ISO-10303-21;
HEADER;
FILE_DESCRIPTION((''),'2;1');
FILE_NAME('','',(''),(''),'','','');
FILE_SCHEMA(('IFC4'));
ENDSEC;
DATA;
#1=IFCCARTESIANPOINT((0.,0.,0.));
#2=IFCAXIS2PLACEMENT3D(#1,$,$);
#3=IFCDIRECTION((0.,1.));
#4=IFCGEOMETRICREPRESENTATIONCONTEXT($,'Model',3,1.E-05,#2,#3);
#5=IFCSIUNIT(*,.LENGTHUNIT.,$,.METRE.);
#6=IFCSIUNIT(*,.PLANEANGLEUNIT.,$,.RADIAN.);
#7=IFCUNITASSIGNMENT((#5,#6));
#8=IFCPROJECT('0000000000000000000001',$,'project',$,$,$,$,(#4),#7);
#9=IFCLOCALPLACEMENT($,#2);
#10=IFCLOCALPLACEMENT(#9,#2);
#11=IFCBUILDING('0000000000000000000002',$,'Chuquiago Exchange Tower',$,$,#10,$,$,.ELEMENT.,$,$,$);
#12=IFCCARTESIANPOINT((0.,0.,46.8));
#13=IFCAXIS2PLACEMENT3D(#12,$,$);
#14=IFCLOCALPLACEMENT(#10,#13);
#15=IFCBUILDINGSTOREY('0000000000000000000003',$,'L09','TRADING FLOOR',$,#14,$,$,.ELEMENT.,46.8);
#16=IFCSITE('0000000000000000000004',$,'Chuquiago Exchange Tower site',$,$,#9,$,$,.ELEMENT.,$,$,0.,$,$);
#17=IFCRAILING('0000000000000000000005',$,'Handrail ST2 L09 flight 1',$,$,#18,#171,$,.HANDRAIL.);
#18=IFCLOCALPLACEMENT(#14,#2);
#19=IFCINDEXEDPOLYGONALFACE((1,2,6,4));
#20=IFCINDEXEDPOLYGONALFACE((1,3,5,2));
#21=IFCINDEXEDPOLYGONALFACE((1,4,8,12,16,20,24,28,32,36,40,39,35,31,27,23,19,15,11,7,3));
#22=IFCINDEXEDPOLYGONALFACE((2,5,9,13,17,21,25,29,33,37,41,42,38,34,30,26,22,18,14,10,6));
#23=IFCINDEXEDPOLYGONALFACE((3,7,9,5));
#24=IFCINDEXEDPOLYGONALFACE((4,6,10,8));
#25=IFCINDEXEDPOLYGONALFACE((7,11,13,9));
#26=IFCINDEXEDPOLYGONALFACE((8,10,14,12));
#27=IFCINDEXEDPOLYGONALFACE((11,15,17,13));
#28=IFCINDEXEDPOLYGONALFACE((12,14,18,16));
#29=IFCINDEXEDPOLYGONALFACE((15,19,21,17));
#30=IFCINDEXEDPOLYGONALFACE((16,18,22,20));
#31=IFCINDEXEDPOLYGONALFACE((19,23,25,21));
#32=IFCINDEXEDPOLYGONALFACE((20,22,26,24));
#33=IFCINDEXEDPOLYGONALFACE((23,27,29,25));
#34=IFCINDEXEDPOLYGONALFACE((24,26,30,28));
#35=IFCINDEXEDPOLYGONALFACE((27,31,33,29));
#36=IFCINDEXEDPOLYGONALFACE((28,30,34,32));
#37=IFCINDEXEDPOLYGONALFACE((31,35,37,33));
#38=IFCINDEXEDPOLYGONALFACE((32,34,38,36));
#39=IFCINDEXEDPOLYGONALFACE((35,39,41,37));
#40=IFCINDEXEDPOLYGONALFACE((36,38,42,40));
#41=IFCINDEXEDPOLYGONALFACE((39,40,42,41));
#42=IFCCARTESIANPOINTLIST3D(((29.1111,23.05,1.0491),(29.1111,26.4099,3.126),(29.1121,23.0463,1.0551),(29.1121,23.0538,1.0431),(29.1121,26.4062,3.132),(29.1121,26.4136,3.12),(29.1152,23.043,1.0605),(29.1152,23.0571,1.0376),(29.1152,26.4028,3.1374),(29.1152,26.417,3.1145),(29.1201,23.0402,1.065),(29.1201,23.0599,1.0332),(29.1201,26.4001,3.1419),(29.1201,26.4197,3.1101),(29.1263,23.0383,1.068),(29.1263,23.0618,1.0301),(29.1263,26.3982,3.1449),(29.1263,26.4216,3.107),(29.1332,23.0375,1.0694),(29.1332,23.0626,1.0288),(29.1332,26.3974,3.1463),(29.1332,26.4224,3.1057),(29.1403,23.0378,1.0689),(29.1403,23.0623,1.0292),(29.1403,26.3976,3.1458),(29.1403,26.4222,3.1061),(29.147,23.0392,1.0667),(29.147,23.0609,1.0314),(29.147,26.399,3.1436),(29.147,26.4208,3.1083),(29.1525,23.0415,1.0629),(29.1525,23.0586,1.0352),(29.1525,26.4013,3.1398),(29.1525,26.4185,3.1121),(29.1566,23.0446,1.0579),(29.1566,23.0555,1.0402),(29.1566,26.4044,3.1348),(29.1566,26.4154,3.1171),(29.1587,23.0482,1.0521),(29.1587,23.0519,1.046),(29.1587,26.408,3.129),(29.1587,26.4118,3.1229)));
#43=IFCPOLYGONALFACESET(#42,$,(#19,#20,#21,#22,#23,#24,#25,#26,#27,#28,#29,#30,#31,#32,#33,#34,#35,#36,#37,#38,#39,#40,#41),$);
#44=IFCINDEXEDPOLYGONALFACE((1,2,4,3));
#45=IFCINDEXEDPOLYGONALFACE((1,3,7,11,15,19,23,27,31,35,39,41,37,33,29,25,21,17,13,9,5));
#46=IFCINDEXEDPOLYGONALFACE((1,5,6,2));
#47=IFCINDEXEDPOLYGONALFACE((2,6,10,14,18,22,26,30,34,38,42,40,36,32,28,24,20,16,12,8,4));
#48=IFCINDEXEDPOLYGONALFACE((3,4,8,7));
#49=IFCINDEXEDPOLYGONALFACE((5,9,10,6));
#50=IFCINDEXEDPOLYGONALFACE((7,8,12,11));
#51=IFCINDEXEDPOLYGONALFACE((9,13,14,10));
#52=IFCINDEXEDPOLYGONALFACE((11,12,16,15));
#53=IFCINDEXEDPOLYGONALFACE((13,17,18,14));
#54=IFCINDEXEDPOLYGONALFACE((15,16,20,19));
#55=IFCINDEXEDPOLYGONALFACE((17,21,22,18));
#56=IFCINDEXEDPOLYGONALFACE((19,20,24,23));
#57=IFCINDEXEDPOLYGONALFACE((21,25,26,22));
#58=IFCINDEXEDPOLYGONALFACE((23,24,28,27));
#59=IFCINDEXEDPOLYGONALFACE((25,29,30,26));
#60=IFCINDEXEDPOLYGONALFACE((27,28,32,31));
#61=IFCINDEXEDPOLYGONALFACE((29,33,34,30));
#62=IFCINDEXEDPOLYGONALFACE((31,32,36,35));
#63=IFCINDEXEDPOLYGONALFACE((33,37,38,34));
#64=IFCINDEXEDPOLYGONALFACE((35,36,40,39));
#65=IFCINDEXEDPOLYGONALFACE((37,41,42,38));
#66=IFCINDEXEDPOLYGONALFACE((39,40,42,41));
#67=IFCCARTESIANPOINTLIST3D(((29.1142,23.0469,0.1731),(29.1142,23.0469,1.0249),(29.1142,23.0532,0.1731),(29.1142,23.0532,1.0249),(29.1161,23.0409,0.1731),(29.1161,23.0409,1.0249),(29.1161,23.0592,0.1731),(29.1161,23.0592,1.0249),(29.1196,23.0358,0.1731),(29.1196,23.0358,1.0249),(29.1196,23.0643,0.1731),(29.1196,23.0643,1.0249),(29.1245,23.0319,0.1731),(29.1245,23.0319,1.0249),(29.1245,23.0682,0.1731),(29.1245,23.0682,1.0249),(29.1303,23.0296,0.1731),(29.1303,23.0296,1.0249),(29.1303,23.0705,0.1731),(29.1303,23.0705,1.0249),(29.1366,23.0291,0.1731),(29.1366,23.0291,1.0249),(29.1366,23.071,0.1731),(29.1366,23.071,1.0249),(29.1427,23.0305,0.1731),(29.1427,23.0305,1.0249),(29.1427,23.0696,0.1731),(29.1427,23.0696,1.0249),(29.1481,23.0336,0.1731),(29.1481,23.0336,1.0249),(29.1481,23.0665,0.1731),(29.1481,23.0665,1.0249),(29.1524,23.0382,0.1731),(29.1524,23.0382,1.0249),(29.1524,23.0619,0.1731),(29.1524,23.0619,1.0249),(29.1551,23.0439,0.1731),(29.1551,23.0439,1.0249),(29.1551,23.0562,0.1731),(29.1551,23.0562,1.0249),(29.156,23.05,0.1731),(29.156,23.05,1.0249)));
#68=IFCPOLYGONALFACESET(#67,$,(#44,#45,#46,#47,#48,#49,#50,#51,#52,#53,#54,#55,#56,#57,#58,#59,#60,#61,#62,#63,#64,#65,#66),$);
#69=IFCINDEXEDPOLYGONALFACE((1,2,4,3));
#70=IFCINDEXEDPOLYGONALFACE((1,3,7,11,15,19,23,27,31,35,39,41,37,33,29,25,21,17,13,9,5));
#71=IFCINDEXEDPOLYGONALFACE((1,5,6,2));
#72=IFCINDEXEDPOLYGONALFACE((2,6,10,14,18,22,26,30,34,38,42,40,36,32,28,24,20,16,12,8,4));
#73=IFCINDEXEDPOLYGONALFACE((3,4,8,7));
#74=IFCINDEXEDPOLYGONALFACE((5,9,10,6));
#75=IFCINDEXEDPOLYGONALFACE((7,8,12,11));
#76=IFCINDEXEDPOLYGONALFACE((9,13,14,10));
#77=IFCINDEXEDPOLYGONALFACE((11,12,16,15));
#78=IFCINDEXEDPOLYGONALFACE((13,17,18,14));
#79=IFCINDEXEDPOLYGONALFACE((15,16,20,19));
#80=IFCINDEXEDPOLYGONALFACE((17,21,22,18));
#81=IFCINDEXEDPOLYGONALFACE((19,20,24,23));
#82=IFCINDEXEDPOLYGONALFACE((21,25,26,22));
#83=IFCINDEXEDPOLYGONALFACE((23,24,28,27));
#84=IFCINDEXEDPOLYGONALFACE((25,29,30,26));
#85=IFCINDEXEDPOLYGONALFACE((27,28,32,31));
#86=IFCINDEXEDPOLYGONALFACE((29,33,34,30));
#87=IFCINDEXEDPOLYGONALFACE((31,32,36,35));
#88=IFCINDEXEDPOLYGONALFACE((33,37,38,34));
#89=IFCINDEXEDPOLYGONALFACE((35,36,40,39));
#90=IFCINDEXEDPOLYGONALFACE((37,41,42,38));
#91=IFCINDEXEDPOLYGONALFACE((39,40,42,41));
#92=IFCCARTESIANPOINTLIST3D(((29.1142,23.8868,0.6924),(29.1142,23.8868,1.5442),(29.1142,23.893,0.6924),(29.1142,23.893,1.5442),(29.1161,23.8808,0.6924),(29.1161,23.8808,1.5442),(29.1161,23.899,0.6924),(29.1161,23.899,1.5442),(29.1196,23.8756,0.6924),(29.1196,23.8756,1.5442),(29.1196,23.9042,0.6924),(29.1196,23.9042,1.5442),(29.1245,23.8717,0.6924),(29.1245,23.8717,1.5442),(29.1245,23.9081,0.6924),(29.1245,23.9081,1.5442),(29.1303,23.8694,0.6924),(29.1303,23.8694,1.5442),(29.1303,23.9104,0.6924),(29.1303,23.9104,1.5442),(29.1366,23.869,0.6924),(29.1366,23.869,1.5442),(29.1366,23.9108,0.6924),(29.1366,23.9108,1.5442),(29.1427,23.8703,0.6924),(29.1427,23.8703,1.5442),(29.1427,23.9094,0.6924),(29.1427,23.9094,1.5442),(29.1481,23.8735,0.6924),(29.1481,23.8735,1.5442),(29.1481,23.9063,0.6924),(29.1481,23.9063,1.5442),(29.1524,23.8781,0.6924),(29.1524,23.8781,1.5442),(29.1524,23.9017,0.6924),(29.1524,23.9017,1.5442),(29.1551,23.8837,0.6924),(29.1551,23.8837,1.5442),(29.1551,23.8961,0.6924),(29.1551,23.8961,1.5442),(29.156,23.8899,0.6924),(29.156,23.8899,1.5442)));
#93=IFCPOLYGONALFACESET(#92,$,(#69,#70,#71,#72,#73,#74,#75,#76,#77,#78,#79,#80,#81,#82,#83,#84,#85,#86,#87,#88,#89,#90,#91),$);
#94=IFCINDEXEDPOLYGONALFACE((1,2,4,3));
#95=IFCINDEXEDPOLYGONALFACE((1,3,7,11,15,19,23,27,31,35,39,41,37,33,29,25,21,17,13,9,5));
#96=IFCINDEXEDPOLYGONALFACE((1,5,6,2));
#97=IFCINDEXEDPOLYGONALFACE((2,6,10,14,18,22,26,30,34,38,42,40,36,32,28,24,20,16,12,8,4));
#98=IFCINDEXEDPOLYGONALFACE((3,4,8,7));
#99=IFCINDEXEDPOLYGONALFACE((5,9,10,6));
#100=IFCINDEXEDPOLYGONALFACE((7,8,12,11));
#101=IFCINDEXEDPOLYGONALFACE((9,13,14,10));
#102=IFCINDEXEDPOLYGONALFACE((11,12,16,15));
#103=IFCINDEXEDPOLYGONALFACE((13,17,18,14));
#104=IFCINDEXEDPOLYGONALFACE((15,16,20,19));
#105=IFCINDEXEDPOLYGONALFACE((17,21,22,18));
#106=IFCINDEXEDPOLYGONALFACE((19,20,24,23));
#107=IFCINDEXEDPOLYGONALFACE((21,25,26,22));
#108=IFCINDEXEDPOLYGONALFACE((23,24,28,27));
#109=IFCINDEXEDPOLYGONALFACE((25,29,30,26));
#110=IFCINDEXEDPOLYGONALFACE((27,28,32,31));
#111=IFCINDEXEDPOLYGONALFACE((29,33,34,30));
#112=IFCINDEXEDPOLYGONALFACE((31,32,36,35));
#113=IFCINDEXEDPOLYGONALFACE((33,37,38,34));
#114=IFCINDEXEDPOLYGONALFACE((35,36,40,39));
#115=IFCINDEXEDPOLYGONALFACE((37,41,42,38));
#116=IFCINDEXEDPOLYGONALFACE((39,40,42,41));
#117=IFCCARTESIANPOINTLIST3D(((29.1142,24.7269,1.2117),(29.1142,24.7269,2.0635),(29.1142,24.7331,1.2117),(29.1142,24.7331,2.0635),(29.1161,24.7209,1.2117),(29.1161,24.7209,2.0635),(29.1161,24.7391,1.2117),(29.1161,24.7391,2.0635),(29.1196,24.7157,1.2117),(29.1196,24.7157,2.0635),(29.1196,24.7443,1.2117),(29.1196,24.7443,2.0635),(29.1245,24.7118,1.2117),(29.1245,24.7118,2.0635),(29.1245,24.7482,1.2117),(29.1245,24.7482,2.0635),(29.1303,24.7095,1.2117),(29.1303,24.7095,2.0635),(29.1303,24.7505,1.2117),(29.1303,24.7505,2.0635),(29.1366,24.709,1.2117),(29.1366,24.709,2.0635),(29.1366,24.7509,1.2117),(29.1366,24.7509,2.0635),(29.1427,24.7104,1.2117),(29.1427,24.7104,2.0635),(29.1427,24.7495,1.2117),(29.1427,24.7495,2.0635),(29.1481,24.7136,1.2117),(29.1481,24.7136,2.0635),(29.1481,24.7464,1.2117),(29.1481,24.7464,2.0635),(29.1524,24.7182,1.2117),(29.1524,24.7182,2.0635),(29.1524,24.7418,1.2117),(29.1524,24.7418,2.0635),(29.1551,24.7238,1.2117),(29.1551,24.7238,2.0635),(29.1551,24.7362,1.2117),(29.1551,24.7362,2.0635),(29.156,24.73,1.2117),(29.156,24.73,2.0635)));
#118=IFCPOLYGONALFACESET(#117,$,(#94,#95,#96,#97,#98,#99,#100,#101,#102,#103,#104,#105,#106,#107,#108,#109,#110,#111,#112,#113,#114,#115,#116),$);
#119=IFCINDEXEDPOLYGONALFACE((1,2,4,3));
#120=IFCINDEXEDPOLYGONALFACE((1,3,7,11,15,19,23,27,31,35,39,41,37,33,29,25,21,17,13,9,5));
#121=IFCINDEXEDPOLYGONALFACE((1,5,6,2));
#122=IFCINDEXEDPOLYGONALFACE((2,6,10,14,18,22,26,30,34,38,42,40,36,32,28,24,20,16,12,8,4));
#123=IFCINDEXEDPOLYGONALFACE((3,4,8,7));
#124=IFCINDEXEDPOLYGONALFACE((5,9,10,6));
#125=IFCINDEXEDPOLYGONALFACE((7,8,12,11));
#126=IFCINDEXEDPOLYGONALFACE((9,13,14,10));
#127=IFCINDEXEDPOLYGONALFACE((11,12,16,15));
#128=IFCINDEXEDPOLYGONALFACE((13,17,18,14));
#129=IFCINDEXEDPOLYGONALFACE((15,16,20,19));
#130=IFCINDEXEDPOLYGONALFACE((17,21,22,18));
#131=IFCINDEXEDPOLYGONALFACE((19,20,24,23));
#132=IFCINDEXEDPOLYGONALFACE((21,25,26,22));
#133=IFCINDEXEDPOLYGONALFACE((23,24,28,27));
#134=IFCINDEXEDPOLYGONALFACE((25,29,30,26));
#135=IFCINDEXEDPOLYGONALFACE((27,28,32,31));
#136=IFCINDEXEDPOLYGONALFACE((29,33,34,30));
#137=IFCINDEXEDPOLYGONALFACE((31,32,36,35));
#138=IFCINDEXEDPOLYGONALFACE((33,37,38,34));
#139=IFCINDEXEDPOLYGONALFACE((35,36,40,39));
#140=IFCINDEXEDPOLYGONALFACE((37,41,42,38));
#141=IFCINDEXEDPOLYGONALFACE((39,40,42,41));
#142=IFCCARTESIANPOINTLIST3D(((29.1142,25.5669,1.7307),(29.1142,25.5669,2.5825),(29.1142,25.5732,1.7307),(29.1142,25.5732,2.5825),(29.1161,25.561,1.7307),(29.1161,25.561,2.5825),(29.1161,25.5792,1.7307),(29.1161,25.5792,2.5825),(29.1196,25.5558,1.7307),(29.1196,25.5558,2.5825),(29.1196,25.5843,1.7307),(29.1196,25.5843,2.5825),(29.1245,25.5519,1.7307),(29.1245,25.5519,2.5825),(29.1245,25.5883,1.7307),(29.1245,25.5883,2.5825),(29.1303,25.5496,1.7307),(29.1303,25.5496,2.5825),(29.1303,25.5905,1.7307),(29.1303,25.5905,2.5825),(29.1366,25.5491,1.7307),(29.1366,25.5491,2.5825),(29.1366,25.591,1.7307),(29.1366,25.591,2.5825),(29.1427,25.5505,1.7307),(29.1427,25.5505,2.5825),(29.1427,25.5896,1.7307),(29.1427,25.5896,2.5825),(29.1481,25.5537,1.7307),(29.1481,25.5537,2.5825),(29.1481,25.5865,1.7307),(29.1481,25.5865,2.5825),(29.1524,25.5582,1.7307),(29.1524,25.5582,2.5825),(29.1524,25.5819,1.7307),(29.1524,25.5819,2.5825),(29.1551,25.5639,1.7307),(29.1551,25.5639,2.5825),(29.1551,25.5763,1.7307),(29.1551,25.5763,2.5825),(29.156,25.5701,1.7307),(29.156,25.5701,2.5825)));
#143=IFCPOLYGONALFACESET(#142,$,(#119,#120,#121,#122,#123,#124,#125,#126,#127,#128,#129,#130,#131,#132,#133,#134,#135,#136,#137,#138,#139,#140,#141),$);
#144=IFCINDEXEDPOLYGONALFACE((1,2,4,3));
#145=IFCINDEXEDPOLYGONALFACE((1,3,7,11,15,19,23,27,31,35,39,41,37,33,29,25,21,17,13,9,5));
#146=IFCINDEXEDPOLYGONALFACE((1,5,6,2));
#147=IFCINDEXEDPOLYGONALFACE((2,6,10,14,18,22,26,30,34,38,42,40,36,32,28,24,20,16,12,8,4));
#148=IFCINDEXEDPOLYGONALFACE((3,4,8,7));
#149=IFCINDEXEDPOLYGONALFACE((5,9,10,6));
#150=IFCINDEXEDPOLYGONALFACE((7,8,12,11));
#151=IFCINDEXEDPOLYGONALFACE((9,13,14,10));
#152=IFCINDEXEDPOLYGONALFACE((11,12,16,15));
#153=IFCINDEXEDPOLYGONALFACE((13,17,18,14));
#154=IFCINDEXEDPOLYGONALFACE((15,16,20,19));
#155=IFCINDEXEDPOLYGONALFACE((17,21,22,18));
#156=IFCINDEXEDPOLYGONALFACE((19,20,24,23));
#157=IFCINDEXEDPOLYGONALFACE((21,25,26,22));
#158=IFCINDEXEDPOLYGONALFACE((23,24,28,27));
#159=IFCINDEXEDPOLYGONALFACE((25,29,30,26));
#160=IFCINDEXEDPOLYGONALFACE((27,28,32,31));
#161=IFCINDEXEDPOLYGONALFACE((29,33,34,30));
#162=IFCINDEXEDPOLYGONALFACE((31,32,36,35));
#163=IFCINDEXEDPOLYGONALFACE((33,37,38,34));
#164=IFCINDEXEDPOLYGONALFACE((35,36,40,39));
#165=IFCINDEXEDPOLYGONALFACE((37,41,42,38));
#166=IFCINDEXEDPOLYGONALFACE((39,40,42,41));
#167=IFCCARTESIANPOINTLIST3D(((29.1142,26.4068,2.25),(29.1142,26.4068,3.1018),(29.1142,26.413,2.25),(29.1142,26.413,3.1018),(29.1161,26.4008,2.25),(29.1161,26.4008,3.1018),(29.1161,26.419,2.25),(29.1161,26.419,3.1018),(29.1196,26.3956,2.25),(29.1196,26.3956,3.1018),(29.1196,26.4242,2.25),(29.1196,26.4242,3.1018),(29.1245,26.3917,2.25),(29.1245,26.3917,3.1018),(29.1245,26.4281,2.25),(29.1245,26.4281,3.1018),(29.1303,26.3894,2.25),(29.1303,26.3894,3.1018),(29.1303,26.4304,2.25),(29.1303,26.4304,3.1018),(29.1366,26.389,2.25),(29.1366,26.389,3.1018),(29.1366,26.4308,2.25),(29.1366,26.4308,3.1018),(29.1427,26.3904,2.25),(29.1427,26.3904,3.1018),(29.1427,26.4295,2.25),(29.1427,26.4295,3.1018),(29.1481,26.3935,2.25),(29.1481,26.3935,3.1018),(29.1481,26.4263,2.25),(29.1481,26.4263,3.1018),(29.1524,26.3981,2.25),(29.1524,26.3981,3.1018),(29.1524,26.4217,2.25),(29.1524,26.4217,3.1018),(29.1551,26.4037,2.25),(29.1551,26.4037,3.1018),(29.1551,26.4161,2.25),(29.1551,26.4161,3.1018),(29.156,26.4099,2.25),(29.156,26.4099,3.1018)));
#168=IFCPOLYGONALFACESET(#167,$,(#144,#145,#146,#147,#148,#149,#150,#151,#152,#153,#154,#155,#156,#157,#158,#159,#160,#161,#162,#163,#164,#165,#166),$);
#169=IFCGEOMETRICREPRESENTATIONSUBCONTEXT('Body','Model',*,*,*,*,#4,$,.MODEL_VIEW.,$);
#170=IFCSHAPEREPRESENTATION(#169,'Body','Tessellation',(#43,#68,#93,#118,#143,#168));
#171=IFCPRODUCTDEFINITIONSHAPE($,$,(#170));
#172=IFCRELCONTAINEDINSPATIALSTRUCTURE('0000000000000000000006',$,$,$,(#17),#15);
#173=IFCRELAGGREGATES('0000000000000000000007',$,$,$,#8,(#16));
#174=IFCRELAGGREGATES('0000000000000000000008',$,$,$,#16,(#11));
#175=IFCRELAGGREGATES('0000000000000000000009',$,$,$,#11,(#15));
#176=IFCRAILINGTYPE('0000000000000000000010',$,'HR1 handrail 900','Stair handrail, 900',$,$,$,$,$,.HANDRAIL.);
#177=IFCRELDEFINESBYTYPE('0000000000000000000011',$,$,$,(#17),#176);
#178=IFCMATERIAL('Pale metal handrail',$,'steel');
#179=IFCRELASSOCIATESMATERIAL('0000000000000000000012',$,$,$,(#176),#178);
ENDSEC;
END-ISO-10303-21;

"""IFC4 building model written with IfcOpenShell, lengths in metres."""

from ifc_helpers import new_model, si_unit, direction, frame, origin, origin_2d, place, context, subcontext, project, spatial, circle, extrude, material, type_object, element, save


model = new_model("IFC4")

# Units and contexts
model_context = context("Model", 3, precision=1e-05, world=origin(), true_north=direction((0.0, 1.0)))
body_context = subcontext(model_context, "Body", "Model", "MODEL_VIEW")
ifc_project = project(units=[si_unit("LENGTHUNIT", "METRE"), si_unit("PLANEANGLEUNIT", "RADIAN")], contexts=[model_context])

# Site, building, storey
site_placement = place(None, origin())
site = spatial("IfcSite", under=ifc_project, at=site_placement, Name="Chuquiago Exchange Tower site", CompositionType="ELEMENT", RefElevation=0.0)
building_placement = place(site_placement, origin())
building = spatial("IfcBuilding", under=site, at=building_placement, Name="Chuquiago Exchange Tower", CompositionType="ELEMENT")
storey_placement = place(building_placement, frame((0.0, 0.0, 46.8)))
storey = spatial("IfcBuildingStorey", under=building, at=storey_placement, Name="L09", Description="TRADING FLOOR", CompositionType="ELEMENT", Elevation=46.8)

# Railing
ifc_material_1 = material(Name="Pale metal handrail", Category="steel")
railing_type_1 = type_object("IfcRailingType", Name="HR1 handrail 900", Description="Stair handrail, 900", PredefinedType="HANDRAIL", material=ifc_material_1)
for number, where, name in (
    (1, (29.135, 23.05, 0.1731), "Handrail ST2 L09 flight 1"),
):
    element("IfcRailing", number, at=place(storey_placement, frame(where)), inside=storey, type_object=railing_type_1, Name=name, PredefinedType="HANDRAIL", context=body_context, shape_type="SweptSolid", body=[
        extrude(circle(Radius=0.0239, at=origin_2d()), frame((0.0, 0.0, 0.876), z_axis=(0.0, 0.850606, 0.525803), x_axis=(-1.0, 0.0, 0.0)), (0.0, 0.0, 1.0), 3.95),
        extrude(circle(Radius=0.021, at=origin_2d()), origin(), (0.0, 0.0, 1.0), 0.8518),
        extrude(circle(Radius=0.021, at=origin_2d()), frame((0.0, 0.8398, 0.5193)), (0.0, 0.0, 1.0), 0.8518),
        extrude(circle(Radius=0.021, at=origin_2d()), frame((0.0, 1.6799, 1.0386)), (0.0, 0.0, 1.0), 0.8518),
        extrude(circle(Radius=0.021, at=origin_2d()), frame((0.0, 2.52, 1.5576)), (0.0, 0.0, 1.0), 0.8518),
        extrude(circle(Radius=0.021, at=origin_2d()), frame((0.0, 3.3599, 2.0769)), (0.0, 0.0, 1.0), 0.8518),
    ])

save(model, "model.ifc")
